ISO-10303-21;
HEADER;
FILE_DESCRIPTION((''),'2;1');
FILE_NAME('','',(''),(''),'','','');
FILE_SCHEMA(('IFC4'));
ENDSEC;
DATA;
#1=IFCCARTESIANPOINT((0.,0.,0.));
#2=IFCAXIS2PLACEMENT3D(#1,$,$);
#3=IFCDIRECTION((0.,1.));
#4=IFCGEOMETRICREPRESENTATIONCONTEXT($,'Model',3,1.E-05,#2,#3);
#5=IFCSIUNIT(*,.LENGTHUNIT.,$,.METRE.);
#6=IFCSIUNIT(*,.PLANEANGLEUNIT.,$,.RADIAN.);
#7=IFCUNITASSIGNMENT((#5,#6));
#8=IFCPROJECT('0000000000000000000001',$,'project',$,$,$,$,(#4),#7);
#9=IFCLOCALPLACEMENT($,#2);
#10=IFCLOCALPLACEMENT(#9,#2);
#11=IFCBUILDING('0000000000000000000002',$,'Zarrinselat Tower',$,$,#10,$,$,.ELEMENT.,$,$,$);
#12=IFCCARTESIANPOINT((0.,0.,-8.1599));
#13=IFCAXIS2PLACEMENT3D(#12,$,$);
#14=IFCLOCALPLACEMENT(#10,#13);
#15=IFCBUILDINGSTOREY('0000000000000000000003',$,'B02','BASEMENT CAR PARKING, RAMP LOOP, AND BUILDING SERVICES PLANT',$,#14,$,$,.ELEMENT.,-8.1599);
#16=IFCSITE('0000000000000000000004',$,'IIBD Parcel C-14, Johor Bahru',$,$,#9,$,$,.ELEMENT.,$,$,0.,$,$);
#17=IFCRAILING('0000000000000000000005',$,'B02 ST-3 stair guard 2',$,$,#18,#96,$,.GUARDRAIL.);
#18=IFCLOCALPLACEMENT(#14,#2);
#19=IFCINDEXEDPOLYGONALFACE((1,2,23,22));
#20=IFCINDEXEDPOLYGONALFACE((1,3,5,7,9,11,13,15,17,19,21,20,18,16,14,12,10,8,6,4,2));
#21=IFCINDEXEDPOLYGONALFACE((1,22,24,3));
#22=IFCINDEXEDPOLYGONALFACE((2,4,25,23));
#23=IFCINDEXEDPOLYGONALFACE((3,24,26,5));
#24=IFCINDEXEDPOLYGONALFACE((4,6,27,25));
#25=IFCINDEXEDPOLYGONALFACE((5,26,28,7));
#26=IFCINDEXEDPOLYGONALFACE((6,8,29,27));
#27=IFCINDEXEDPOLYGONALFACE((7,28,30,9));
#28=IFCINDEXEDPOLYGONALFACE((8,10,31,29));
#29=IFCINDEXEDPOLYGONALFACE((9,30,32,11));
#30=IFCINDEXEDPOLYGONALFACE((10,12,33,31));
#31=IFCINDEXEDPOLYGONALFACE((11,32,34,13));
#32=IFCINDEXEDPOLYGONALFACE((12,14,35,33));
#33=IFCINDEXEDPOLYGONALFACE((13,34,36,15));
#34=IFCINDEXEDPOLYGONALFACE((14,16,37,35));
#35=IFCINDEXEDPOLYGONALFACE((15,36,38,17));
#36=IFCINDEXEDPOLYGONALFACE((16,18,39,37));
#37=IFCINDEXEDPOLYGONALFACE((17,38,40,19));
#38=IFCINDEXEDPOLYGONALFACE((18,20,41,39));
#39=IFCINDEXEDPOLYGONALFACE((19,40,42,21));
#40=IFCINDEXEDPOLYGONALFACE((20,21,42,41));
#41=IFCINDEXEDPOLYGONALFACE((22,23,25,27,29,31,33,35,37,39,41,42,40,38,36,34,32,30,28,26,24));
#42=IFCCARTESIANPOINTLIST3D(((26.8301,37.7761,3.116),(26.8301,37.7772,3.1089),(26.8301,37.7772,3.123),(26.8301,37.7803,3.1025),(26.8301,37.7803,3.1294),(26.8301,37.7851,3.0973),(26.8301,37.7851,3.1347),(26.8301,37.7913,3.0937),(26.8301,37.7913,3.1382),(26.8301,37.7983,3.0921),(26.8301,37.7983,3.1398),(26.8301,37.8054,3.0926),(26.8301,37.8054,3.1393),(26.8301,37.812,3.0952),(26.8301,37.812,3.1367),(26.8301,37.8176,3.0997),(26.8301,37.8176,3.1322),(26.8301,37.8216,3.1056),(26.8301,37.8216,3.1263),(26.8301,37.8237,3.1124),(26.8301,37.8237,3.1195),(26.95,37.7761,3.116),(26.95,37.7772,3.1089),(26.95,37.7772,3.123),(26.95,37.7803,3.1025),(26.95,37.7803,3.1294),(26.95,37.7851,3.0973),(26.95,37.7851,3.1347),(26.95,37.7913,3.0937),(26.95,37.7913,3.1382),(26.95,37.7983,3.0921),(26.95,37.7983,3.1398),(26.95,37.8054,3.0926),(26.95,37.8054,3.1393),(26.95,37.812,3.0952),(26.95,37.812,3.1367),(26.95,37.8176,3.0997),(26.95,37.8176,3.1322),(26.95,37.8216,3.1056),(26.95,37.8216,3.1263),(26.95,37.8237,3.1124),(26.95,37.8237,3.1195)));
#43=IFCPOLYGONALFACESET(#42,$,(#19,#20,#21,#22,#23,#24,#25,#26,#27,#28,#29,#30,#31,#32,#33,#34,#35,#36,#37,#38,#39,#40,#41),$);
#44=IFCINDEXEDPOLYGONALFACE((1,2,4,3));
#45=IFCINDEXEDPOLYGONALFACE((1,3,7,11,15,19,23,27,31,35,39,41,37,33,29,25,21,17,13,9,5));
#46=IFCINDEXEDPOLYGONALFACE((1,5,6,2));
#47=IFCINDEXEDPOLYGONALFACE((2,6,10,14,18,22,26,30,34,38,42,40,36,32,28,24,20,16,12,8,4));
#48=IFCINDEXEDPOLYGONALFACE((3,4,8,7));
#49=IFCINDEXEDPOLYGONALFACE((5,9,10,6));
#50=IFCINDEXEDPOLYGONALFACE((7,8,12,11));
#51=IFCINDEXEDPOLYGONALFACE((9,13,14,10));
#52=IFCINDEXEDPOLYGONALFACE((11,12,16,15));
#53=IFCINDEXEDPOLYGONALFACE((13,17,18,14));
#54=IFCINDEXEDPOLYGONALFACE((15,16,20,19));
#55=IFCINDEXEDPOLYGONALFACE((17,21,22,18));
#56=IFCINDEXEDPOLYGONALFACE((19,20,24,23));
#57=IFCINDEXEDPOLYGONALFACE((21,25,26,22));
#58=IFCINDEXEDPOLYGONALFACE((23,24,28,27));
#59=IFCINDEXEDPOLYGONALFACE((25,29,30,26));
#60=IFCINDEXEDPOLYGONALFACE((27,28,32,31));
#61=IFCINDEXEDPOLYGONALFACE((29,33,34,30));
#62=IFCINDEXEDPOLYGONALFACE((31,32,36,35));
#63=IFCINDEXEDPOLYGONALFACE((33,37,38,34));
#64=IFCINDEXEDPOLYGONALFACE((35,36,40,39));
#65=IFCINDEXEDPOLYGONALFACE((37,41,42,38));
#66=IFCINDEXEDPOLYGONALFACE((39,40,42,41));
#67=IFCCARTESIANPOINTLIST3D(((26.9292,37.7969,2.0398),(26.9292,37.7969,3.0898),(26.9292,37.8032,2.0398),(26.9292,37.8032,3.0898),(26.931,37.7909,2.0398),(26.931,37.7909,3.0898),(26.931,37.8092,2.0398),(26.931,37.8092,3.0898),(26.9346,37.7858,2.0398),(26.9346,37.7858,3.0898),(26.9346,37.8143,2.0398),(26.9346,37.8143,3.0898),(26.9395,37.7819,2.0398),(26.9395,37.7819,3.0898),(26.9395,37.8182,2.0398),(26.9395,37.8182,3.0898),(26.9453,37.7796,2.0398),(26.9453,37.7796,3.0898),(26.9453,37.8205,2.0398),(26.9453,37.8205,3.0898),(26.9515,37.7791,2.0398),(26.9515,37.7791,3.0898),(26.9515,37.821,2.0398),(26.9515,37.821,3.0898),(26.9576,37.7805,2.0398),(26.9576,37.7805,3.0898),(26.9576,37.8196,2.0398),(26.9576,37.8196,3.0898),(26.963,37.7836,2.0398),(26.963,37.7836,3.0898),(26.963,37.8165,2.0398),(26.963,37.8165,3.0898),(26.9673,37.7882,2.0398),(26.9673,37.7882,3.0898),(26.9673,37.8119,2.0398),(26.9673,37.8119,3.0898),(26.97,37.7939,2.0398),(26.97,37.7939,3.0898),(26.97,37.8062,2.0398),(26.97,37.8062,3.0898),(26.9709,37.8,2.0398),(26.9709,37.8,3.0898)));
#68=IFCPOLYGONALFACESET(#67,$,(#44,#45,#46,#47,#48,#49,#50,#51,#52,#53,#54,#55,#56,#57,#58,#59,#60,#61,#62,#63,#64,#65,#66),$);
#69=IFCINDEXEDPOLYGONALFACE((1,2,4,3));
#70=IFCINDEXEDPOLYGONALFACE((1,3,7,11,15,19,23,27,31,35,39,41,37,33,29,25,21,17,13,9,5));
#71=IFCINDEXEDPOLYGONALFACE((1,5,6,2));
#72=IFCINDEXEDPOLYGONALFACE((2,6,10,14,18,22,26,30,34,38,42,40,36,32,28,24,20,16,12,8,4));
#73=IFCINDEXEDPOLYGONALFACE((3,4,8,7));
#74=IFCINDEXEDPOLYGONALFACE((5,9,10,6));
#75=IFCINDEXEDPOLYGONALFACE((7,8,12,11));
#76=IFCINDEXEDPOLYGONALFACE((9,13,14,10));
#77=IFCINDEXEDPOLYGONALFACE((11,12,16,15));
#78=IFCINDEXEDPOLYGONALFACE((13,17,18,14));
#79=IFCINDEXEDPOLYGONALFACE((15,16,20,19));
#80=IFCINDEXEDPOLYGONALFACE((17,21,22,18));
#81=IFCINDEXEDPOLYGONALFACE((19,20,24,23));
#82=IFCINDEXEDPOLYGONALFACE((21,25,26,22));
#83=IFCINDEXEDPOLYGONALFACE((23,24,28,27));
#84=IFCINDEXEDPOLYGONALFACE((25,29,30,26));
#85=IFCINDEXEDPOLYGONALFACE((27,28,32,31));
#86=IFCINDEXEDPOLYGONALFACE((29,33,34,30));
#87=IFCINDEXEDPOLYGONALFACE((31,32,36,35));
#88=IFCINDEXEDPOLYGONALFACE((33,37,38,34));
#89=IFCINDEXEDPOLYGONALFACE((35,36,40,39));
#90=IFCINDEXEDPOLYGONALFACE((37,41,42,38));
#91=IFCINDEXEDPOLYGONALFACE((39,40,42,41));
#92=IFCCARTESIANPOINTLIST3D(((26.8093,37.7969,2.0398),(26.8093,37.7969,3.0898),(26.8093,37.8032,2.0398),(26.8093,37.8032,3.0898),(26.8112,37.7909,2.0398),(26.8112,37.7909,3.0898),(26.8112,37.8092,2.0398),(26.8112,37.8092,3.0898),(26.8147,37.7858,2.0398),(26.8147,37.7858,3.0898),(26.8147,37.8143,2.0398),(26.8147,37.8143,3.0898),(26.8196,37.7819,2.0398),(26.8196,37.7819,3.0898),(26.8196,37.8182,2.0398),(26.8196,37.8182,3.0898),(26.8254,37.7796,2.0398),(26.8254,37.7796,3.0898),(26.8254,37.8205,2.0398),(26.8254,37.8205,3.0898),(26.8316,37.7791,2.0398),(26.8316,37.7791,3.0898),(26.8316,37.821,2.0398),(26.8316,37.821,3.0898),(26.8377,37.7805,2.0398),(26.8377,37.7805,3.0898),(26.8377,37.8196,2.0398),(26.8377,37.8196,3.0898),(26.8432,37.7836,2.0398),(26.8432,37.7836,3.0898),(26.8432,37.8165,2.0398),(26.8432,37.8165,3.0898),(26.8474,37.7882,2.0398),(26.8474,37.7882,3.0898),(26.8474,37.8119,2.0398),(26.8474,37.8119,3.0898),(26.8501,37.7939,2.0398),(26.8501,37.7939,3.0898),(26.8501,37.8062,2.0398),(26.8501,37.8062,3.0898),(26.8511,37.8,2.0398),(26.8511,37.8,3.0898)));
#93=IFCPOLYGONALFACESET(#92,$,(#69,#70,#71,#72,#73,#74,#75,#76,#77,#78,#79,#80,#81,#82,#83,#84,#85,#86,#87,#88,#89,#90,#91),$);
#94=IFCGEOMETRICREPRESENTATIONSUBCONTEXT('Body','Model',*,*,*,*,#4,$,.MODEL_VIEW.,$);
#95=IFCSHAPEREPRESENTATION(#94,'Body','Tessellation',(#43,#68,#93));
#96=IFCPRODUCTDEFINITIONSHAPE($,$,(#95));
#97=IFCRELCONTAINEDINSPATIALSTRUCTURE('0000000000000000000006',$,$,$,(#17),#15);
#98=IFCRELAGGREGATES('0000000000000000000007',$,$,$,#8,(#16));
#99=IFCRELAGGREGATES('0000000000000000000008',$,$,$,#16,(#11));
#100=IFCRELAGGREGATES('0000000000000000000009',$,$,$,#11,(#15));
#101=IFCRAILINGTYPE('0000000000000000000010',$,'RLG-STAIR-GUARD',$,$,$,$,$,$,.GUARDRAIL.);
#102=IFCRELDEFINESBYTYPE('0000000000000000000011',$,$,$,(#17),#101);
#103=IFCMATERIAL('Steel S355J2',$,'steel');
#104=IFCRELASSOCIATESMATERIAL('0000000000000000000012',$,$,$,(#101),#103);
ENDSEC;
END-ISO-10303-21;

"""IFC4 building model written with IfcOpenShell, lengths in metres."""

from ifc_helpers import new_model, si_unit, direction, frame, origin, origin_2d, place, context, subcontext, project, spatial, circle, extrude, material, type_object, element, save


model = new_model("IFC4")

# Units and contexts
model_context = context("Model", 3, precision=1e-05, world=origin(), true_north=direction((0.0, 1.0)))
body_context = subcontext(model_context, "Body", "Model", "MODEL_VIEW")
ifc_project = project(units=[si_unit("LENGTHUNIT", "METRE"), si_unit("PLANEANGLEUNIT", "RADIAN")], contexts=[model_context])

# Site, building, storey
site_placement = place(None, origin())
site = spatial("IfcSite", under=ifc_project, at=site_placement, Name="IIBD Parcel C-14, Johor Bahru", CompositionType="ELEMENT", RefElevation=0.0)
building_placement = place(site_placement, origin())
building = spatial("IfcBuilding", under=site, at=building_placement, Name="Zarrinselat Tower", CompositionType="ELEMENT")
storey_placement = place(building_placement, frame((0.0, 0.0, -8.1599)))
storey = spatial("IfcBuildingStorey", under=building, at=storey_placement, Name="B02", Description="BASEMENT CAR PARKING, RAMP LOOP, AND BUILDING SERVICES PLANT", CompositionType="ELEMENT", Elevation=-8.1599)

# Railing
ifc_material_1 = material(Name="Steel S355J2", Category="steel")
railing_type_1 = type_object("IfcRailingType", Name="RLG-STAIR-GUARD", PredefinedType="GUARDRAIL", material=ifc_material_1)
railing_1_placement = place(storey_placement, frame((26.95, 37.8, 2.0398)))
element("IfcRailing", 1, at=railing_1_placement, inside=storey, type_object=railing_type_1, Name="B02 ST-3 stair guard 2", PredefinedType="GUARDRAIL", context=body_context, shape_type="SweptSolid", body=[
    extrude(circle(Radius=0.0239, at=origin_2d()), frame((0.0, 0.0, 1.0762), z_axis=(-1.0, 0.0, 0.0), x_axis=(0.0, -1.0, 0.0)), (0.0, 0.0, 1.0), 0.1199),
    extrude(circle(Radius=0.021, at=origin_2d()), origin(), (0.0, 0.0, 1.0), 1.05),
    extrude(circle(Radius=0.021, at=origin_2d()), frame((-0.1199, 0.0, 0.0)), (0.0, 0.0, 1.0), 1.05),
])

save(model, "model.ifc")
